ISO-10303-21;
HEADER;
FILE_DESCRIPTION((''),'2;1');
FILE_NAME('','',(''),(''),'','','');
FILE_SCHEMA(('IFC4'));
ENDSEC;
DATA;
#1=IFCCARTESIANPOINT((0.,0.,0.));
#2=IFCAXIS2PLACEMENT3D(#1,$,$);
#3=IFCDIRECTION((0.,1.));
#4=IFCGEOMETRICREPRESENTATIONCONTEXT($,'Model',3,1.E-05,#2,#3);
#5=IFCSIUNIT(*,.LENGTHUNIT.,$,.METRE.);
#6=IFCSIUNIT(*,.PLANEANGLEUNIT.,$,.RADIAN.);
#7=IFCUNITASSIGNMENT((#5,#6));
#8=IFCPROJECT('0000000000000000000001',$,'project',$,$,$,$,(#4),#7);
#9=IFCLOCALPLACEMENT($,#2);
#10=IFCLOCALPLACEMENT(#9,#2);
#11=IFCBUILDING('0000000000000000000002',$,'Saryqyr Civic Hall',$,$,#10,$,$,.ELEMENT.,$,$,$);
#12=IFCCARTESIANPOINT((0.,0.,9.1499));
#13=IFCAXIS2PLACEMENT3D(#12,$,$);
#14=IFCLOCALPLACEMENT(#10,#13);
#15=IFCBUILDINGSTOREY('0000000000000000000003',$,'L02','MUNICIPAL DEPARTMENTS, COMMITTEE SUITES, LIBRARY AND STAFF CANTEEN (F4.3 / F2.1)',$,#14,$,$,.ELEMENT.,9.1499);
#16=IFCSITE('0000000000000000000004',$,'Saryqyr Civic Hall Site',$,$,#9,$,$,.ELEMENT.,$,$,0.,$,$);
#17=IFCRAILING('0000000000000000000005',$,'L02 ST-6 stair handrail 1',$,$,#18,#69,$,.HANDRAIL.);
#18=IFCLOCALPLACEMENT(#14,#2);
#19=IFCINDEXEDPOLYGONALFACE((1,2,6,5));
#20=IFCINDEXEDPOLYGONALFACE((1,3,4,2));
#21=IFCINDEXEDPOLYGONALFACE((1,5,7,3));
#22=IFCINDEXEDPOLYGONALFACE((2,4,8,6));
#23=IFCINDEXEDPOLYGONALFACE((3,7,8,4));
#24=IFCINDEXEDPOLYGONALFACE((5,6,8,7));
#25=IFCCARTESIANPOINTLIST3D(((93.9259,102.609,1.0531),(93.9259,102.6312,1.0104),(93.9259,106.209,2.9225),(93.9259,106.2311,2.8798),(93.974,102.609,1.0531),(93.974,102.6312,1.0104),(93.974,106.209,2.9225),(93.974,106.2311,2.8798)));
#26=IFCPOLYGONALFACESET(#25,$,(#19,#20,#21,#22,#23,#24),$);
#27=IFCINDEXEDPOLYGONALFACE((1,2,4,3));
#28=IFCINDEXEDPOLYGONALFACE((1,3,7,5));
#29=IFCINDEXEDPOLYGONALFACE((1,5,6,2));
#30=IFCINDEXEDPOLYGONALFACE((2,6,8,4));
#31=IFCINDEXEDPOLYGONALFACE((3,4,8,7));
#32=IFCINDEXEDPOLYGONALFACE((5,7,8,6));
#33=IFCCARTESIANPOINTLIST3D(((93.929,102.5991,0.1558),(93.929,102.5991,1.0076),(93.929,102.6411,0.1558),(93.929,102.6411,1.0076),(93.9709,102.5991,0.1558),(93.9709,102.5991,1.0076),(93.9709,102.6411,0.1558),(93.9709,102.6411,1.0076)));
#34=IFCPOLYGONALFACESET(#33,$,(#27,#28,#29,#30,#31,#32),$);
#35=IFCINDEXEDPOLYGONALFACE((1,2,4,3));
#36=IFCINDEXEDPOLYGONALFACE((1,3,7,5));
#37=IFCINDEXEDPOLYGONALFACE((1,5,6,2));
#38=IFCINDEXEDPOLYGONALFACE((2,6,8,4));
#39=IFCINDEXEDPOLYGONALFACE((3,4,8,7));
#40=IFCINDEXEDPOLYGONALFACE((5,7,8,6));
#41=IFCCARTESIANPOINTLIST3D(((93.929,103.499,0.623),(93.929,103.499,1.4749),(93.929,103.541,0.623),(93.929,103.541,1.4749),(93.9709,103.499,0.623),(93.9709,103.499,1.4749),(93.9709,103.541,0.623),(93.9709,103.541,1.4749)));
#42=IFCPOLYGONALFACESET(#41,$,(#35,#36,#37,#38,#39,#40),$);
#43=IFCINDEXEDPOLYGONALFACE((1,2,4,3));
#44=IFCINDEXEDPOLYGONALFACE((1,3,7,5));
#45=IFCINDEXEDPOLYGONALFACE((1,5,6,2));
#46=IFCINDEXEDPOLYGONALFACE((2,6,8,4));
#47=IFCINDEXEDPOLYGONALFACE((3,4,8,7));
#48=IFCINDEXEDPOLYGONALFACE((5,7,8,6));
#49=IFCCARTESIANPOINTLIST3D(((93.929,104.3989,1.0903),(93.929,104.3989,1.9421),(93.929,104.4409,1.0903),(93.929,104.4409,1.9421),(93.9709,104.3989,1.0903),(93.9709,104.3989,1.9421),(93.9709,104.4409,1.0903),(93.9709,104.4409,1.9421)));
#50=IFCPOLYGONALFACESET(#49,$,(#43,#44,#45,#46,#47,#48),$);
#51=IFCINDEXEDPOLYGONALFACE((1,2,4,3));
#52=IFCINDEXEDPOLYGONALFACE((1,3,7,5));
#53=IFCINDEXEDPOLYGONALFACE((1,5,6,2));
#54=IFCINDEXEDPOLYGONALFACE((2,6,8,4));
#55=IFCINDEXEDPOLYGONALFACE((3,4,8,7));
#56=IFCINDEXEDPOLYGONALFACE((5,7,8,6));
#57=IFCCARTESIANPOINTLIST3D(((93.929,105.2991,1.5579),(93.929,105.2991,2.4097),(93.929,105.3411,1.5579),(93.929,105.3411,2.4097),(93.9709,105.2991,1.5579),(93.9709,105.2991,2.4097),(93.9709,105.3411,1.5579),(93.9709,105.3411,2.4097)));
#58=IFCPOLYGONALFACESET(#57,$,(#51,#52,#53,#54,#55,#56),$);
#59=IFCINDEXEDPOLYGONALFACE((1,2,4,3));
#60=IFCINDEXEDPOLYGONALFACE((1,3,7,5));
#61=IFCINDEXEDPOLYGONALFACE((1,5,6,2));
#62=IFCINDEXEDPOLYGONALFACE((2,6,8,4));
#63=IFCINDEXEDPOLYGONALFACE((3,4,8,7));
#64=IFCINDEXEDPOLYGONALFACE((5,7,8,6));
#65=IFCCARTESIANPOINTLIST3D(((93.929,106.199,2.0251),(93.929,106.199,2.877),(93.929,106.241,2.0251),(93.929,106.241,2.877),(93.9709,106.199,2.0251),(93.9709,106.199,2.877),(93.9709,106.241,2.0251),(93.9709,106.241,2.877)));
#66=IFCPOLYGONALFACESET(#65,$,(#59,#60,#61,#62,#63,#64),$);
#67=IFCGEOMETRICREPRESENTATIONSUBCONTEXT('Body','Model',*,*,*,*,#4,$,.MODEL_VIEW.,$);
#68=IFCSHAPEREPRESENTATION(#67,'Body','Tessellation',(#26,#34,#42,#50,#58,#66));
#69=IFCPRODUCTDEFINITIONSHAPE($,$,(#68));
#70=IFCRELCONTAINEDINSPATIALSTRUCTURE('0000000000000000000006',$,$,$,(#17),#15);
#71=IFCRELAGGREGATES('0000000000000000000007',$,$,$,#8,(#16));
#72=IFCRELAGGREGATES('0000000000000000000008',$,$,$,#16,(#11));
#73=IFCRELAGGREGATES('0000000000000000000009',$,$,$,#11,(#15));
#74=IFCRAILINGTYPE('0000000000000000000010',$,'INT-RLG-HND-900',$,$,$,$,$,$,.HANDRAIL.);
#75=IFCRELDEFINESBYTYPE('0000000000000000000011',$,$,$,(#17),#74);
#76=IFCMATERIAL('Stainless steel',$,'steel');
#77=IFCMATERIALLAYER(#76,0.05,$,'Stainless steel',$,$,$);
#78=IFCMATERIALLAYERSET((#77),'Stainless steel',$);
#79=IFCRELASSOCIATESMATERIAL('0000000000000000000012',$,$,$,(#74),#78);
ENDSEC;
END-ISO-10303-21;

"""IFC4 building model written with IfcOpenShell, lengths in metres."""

from ifc_helpers import new_model, si_unit, direction, frame, origin, origin_2d, place, context, subcontext, project, spatial, rectangle, extrude, material, layer, layer_set, type_object, element, save


model = new_model("IFC4")

# Units and contexts
model_context = context("Model", 3, precision=1e-05, world=origin(), true_north=direction((0.0, 1.0)))
body_context = subcontext(model_context, "Body", "Model", "MODEL_VIEW")
ifc_project = project(units=[si_unit("LENGTHUNIT", "METRE"), si_unit("PLANEANGLEUNIT", "RADIAN")], contexts=[model_context])

# Site, building, storey
site_placement = place(None, origin())
site = spatial("IfcSite", under=ifc_project, at=site_placement, Name="Saryqyr Civic Hall Site", CompositionType="ELEMENT", RefElevation=0.0)
building_placement = place(site_placement, origin())
building = spatial("IfcBuilding", under=site, at=building_placement, Name="Saryqyr Civic Hall", CompositionType="ELEMENT")
storey_placement = place(building_placement, frame((0.0, 0.0, 9.1499)))
storey = spatial("IfcBuildingStorey", under=building, at=storey_placement, Name="L02", Description="MUNICIPAL DEPARTMENTS, COMMITTEE SUITES, LIBRARY AND STAFF CANTEEN (F4.3 / F2.1)", CompositionType="ELEMENT", Elevation=9.1499)

# Railing
ifc_material_1 = material(Name="Stainless steel", Category="steel")
ifc_layer_1 = layer(ifc_material_1, 0.05, Name="Stainless steel")
ifc_layer_set_1 = layer_set([ifc_layer_1], Name="Stainless steel")
railing_type_1 = type_object("IfcRailingType", Name="INT-RLG-HND-900", PredefinedType="HANDRAIL", material=ifc_layer_set_1)
railing_1_placement = place(storey_placement, frame((93.95, 102.6201, 0.1558)))
element("IfcRailing", 1, at=railing_1_placement, inside=storey, type_object=railing_type_1, Name="L02 ST-6 stair handrail 1", PredefinedType="HANDRAIL", context=body_context, shape_type="SweptSolid", body=[
    extrude(rectangle(XDim=0.0481, YDim=0.0481, at=origin_2d()), frame((0.0, 0.0, 0.876), z_axis=(0.0, 0.887473, 0.46086), x_axis=(-1.0, 0.0, 0.0)), (0.0, 0.0, 1.0), 4.0564),
    extrude(rectangle(XDim=0.042, YDim=0.042, at=origin_2d()), origin(), (0.0, 0.0, 1.0), 0.8518),
    extrude(rectangle(XDim=0.042, YDim=0.042, at=origin_2d()), frame((0.0, 0.8999, 0.4673)), (0.0, 0.0, 1.0), 0.8518),
    extrude(rectangle(XDim=0.042, YDim=0.042, at=origin_2d()), frame((0.0, 1.7998, 0.9346)), (0.0, 0.0, 1.0), 0.8518),
    extrude(rectangle(XDim=0.042, YDim=0.042, at=origin_2d()), frame((0.0, 2.7, 1.4021)), (0.0, 0.0, 1.0), 0.8518),
    extrude(rectangle(XDim=0.042, YDim=0.042, at=origin_2d()), frame((0.0, 3.5999, 1.8694)), (0.0, 0.0, 1.0), 0.8518),
])

save(model, "model.ifc")
